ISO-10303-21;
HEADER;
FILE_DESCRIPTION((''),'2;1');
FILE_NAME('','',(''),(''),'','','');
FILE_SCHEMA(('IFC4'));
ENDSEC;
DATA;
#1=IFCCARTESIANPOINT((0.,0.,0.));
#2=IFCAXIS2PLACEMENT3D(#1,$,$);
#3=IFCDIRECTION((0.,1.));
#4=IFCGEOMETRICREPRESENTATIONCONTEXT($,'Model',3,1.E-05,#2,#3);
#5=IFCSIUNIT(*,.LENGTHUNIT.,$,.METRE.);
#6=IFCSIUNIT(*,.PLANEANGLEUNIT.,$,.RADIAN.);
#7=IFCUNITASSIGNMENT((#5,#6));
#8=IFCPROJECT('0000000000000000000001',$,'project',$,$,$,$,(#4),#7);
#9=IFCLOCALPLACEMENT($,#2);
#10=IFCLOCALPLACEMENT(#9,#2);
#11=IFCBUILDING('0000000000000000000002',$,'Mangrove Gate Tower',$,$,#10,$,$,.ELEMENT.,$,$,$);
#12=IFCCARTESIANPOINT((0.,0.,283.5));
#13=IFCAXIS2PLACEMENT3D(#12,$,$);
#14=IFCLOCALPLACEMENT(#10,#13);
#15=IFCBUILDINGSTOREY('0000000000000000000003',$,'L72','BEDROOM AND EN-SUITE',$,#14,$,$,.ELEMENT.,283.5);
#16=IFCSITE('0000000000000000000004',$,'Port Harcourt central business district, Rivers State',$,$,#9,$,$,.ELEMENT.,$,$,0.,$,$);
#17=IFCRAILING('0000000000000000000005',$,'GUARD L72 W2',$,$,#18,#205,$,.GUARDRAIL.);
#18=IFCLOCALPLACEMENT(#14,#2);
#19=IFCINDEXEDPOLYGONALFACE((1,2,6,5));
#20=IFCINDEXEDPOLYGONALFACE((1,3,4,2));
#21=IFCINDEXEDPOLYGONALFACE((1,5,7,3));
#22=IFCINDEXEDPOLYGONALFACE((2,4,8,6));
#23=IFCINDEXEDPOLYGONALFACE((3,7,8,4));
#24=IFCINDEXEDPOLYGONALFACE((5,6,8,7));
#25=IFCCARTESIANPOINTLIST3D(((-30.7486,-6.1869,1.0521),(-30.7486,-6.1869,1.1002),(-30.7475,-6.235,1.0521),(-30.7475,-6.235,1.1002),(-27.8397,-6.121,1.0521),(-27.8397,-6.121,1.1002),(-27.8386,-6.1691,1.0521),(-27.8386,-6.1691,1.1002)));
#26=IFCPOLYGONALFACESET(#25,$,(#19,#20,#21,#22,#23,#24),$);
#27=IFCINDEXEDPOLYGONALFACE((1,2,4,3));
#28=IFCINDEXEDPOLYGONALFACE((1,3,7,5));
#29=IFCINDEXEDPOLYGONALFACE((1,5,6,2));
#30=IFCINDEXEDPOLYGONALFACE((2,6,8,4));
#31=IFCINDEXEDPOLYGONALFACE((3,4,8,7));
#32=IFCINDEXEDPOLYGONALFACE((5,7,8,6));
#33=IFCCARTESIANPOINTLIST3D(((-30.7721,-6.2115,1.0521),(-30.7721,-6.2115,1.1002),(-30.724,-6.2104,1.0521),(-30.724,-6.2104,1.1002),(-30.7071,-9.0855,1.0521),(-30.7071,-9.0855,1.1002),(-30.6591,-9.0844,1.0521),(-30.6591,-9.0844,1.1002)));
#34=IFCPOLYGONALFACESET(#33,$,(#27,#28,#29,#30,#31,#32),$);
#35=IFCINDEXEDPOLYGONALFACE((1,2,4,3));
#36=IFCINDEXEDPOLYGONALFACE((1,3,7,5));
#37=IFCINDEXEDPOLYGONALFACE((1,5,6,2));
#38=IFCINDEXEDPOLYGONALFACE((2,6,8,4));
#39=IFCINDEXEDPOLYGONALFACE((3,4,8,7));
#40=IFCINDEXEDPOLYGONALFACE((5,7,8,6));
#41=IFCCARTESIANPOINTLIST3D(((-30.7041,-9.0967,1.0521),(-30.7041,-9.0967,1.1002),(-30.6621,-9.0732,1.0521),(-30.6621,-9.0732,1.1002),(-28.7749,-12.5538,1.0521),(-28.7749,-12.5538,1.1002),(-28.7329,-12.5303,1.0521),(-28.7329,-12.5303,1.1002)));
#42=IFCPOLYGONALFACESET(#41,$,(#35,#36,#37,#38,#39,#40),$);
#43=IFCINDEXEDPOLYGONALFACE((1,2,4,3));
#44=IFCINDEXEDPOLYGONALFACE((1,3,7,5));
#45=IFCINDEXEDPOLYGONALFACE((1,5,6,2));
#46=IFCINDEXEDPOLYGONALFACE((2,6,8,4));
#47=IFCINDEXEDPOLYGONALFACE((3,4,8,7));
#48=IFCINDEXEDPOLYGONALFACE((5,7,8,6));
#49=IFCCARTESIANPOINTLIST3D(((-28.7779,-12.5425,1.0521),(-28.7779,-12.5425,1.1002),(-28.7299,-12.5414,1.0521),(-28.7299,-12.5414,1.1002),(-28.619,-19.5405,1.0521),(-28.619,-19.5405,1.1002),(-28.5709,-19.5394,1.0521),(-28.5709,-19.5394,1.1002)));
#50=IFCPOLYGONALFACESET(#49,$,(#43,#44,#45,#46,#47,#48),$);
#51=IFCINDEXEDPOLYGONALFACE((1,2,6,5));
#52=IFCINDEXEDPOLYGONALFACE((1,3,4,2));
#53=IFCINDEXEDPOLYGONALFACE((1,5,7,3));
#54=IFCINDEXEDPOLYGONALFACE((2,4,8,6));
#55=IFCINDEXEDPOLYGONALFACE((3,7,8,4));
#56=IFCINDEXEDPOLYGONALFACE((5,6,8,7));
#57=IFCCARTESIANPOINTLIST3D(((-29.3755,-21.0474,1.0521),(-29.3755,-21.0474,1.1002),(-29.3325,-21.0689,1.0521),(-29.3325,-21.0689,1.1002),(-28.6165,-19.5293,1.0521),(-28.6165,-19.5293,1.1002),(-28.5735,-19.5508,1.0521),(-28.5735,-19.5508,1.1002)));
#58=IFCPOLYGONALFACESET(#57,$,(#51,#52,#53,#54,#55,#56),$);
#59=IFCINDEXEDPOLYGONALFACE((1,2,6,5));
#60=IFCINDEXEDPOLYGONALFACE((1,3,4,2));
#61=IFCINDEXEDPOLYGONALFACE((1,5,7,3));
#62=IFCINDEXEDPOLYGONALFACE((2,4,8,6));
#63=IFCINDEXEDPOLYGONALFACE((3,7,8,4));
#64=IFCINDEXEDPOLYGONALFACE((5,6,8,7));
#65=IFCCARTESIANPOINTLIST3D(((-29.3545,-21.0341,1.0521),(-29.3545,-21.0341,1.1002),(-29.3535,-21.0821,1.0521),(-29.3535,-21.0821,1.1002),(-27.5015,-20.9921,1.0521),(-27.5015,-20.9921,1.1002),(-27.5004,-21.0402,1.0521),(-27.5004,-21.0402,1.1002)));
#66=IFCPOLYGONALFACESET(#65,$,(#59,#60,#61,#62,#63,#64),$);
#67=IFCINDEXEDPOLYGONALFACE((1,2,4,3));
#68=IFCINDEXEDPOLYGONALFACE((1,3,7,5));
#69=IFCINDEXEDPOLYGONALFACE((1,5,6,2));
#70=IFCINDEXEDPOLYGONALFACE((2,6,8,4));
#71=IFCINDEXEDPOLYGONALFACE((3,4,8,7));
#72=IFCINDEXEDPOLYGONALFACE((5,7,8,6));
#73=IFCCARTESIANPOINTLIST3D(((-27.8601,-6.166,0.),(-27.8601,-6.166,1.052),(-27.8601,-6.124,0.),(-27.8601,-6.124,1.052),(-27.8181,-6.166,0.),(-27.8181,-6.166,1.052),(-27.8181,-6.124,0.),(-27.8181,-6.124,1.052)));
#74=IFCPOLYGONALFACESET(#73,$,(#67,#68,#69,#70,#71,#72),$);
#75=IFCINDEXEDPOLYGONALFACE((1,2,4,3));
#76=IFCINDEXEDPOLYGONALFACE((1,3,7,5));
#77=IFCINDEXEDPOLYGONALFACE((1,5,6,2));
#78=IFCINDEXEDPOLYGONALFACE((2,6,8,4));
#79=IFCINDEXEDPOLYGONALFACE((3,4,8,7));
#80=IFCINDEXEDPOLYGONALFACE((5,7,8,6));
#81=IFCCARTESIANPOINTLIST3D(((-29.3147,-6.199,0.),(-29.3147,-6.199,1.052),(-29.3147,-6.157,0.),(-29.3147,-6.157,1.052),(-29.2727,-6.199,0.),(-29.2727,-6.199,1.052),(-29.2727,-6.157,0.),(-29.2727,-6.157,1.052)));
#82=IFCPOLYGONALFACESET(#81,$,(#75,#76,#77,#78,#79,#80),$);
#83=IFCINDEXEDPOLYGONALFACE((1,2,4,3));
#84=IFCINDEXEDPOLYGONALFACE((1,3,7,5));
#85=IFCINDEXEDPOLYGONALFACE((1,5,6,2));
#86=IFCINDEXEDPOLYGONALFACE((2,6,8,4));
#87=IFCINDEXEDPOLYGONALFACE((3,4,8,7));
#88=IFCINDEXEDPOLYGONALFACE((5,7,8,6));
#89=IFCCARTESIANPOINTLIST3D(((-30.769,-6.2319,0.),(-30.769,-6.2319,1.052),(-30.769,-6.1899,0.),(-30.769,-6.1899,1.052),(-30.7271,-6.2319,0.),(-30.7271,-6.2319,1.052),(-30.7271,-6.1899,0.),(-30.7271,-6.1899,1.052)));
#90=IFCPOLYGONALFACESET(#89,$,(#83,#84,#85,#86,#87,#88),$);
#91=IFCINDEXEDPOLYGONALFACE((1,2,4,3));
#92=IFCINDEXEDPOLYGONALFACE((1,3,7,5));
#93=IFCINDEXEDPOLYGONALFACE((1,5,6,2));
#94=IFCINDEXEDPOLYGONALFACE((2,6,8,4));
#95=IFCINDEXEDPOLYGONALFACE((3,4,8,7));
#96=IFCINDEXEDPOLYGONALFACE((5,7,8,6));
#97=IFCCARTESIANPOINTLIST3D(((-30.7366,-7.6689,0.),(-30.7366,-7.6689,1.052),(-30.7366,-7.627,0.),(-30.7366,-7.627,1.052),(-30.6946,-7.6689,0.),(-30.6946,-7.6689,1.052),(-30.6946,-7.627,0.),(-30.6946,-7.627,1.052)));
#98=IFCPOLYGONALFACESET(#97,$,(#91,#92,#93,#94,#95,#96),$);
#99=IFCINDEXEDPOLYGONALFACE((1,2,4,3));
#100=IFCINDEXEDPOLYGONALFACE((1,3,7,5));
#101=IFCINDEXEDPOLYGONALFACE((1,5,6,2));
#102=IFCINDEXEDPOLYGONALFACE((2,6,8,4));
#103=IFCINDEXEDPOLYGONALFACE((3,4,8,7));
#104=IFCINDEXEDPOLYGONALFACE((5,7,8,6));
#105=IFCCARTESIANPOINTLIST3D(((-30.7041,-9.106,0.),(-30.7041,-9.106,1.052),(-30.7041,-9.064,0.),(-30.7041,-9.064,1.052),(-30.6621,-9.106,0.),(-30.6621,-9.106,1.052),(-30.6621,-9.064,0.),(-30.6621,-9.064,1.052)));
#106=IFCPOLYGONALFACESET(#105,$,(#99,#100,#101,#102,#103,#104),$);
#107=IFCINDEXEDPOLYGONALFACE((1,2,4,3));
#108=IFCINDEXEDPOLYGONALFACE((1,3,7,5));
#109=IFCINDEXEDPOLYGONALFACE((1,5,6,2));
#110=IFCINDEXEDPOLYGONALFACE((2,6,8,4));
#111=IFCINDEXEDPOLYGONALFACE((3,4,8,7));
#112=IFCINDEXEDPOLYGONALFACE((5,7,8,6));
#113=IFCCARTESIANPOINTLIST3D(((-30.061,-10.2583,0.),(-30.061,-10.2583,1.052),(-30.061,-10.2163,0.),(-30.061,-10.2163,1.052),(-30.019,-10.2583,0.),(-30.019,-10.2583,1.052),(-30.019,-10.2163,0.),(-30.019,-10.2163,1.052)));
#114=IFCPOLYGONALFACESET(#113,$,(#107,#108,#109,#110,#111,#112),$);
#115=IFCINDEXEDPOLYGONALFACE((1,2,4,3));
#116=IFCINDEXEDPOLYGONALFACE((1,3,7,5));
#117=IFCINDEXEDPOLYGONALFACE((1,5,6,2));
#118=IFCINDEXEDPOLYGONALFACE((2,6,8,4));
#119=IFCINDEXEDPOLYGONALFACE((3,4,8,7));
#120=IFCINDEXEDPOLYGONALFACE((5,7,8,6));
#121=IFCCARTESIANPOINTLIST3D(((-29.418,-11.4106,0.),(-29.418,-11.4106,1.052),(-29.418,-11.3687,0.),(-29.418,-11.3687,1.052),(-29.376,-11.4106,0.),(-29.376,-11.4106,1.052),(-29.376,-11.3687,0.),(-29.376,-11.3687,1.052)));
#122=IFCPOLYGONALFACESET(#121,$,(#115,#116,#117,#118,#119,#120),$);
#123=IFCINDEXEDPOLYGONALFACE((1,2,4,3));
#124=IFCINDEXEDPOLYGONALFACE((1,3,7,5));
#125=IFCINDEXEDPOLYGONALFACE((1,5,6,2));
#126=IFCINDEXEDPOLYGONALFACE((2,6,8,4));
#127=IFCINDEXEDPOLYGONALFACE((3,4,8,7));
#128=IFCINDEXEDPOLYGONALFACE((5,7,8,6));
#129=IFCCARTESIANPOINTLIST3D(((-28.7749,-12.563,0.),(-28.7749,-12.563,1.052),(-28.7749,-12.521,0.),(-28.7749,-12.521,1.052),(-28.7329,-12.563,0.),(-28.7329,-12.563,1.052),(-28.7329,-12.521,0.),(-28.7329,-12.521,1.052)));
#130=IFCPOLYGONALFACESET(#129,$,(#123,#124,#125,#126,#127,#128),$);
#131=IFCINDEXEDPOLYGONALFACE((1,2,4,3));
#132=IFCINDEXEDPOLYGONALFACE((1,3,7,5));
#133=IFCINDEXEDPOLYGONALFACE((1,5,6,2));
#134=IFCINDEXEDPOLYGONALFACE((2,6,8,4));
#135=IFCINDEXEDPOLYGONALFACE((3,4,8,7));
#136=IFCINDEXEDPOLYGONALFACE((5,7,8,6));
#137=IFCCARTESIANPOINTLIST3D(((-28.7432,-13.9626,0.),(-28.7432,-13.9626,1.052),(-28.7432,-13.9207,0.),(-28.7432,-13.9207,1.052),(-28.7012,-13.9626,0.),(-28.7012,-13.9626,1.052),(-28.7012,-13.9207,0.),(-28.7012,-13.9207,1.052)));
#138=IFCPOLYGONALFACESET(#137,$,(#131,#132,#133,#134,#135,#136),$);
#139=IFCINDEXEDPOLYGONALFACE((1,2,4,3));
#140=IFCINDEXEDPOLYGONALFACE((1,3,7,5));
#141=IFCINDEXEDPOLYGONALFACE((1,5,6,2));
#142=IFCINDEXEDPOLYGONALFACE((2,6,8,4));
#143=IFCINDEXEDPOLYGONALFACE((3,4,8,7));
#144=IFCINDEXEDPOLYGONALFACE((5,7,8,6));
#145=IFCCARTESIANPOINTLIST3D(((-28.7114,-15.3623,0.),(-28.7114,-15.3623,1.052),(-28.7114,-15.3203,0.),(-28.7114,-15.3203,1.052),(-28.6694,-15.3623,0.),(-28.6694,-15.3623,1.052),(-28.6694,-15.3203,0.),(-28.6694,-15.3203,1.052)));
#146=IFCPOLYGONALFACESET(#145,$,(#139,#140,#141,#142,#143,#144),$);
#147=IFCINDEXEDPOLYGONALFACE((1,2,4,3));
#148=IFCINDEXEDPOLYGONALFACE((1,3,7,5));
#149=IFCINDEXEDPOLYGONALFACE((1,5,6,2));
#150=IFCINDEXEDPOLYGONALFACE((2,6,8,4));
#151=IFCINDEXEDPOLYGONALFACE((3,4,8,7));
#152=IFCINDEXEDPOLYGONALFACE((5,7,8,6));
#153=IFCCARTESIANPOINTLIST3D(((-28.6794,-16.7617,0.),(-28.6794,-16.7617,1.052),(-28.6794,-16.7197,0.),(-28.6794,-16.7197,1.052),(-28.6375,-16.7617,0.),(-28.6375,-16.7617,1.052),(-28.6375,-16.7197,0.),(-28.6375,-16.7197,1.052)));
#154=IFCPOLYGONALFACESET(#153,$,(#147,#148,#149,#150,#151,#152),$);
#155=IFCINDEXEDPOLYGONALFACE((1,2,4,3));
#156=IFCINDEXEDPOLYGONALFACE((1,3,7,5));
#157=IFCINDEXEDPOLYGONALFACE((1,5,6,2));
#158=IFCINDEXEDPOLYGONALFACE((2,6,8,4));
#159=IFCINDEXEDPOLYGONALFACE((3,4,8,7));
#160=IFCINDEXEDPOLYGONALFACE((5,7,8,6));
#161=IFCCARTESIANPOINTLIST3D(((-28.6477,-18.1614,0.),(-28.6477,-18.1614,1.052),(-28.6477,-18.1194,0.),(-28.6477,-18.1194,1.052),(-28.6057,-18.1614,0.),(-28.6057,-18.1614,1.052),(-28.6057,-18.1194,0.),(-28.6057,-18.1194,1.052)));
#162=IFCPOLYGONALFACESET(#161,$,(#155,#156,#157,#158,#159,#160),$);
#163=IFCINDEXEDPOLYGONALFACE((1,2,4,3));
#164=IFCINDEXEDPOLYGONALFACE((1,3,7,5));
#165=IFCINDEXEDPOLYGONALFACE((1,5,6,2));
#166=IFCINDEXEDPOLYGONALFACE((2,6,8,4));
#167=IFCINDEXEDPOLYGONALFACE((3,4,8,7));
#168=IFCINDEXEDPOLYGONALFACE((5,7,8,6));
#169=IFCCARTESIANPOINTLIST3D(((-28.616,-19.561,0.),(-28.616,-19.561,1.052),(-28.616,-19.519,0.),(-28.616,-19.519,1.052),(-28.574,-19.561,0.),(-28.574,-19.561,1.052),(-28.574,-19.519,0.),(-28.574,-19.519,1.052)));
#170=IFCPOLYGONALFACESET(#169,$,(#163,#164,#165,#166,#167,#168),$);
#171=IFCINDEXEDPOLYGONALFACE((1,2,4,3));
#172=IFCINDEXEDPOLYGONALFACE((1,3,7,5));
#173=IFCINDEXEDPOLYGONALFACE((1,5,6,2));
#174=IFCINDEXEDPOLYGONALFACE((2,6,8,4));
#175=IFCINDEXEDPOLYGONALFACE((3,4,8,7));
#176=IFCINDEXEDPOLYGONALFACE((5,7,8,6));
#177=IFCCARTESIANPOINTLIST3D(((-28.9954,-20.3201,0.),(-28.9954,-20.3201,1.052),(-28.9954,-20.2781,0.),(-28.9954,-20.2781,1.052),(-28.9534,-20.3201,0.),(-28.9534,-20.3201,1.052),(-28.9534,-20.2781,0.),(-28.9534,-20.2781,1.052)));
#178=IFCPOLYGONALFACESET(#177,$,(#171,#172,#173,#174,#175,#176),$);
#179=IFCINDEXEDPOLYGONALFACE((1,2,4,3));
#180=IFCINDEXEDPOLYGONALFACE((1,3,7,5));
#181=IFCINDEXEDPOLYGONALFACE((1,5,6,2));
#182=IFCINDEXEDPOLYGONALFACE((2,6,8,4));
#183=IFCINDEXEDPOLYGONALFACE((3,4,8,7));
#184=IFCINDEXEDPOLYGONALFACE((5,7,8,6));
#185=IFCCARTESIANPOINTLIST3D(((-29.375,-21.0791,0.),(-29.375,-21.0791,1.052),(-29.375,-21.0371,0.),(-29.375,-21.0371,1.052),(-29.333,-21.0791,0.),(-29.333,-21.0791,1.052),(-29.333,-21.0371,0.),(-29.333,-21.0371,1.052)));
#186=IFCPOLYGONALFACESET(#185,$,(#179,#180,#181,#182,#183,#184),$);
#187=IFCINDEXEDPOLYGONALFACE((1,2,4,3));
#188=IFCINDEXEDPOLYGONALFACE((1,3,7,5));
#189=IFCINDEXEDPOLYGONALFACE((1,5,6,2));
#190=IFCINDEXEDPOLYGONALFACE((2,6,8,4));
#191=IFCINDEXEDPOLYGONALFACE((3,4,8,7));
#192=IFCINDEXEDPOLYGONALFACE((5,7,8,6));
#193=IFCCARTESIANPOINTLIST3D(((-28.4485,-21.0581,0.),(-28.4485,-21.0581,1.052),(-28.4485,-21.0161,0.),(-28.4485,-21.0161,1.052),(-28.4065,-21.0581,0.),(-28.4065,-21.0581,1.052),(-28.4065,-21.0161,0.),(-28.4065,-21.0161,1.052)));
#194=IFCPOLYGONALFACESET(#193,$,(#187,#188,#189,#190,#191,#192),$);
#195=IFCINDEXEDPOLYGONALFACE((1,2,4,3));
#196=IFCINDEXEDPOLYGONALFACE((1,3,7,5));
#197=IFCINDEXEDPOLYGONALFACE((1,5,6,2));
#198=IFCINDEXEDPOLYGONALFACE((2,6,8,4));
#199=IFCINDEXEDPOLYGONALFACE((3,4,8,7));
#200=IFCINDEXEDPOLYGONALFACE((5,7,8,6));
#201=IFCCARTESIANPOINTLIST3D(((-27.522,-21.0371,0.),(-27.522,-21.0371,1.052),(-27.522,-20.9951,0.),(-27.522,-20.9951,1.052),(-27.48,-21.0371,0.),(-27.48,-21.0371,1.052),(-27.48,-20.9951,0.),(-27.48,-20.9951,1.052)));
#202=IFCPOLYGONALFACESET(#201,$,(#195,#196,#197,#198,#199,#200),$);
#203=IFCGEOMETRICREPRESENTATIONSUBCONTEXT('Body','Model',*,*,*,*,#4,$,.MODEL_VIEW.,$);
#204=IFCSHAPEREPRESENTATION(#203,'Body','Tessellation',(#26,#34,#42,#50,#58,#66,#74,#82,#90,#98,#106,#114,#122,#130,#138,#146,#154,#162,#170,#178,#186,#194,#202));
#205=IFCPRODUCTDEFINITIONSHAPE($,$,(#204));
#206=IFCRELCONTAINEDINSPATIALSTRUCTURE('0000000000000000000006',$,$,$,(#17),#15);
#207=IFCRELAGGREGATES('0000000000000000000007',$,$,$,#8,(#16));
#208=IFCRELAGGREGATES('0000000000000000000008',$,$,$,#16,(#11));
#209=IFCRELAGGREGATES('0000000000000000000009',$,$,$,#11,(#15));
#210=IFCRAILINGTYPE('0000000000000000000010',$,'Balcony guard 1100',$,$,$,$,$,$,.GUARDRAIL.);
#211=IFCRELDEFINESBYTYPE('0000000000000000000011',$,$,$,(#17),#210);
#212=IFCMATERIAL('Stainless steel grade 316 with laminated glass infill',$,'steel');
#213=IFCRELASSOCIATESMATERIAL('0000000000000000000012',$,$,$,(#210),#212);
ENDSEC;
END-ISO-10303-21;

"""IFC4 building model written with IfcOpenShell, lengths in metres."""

from ifc_helpers import new_model, si_unit, direction, frame, origin, origin_2d, place, context, subcontext, project, spatial, rectangle, extrude, material, type_object, element, save


model = new_model("IFC4")

# Units and contexts
model_context = context("Model", 3, precision=1e-05, world=origin(), true_north=direction((0.0, 1.0)))
body_context = subcontext(model_context, "Body", "Model", "MODEL_VIEW")
ifc_project = project(units=[si_unit("LENGTHUNIT", "METRE"), si_unit("PLANEANGLEUNIT", "RADIAN")], contexts=[model_context])

# Site, building, storey
site_placement = place(None, origin())
site = spatial("IfcSite", under=ifc_project, at=site_placement, Name="Port Harcourt central business district, Rivers State", CompositionType="ELEMENT", RefElevation=0.0)
building_placement = place(site_placement, origin())
building = spatial("IfcBuilding", under=site, at=building_placement, Name="Mangrove Gate Tower", CompositionType="ELEMENT")
storey_placement = place(building_placement, frame((0.0, 0.0, 283.5)))
storey = spatial("IfcBuildingStorey", under=building, at=storey_placement, Name="L72", Description="BEDROOM AND EN-SUITE", CompositionType="ELEMENT", Elevation=283.5)

# Railing
ifc_material_1 = material(Name="Stainless steel grade 316 with laminated glass infill", Category="steel")
railing_type = type_object("IfcRailingType", Name="Balcony guard 1100", PredefinedType="GUARDRAIL", material=ifc_material_1)
railing_placement = place(storey_placement, frame((-27.8391, -6.145, 0.0)))
element("IfcRailing", 1, at=railing_placement, inside=storey, type_object=railing_type, Name="GUARD L72 W2", PredefinedType="GUARDRAIL", context=body_context, shape_type="SweptSolid", body=[
    extrude(rectangle(XDim=0.0481, YDim=0.0481, at=origin_2d()), frame((0.0, 0.0, 1.0762), z_axis=(-0.999743, -0.022655, 0.0), x_axis=(0.022655, -0.999743, 0.0)), (0.0, 0.0, 1.0), 2.9097),
    extrude(rectangle(XDim=0.0481, YDim=0.0481, at=origin_2d()), frame((-2.9089, -0.0659, 1.0762), z_axis=(0.02259, -0.999745, 0.0), x_axis=(0.999745, 0.02259, 0.0)), (0.0, 0.0, 1.0), 2.8748),
    extrude(rectangle(XDim=0.0481, YDim=0.0481, at=origin_2d()), frame((-2.844, -2.9399, 1.0762), z_axis=(0.487307, -0.873231, 0.0), x_axis=(0.873231, 0.487307, 0.0)), (0.0, 0.0, 1.0), 3.959),
    extrude(rectangle(XDim=0.0481, YDim=0.0481, at=origin_2d()), frame((-0.9148, -6.397, 1.0762), z_axis=(0.022706, -0.999742, 0.0), x_axis=(0.999742, 0.022706, 0.0)), (0.0, 0.0, 1.0), 6.9998),
    extrude(rectangle(XDim=0.0481, YDim=0.0481, at=origin_2d()), frame((-0.7559, -13.395, 1.0762), z_axis=(-0.447214, -0.894427, 0.0), x_axis=(0.894427, -0.447214, 0.0)), (0.0, 0.0, 1.0), 1.6973),
    extrude(rectangle(XDim=0.0481, YDim=0.0481, at=origin_2d()), frame((-1.5149, -14.9131, 1.0762), z_axis=(0.999743, 0.022656, 0.0), x_axis=(-0.022656, 0.999743, 0.0)), (0.0, 0.0, 1.0), 1.8535),
    extrude(rectangle(XDim=0.042, YDim=0.042, at=origin_2d()), origin(), (0.0, 0.0, 1.0), 1.052),
    extrude(rectangle(XDim=0.042, YDim=0.042, at=origin_2d()), frame((-1.4546, -0.033, 0.0)), (0.0, 0.0, 1.0), 1.052),
    extrude(rectangle(XDim=0.042, YDim=0.042, at=origin_2d()), frame((-2.9089, -0.0659, 0.0)), (0.0, 0.0, 1.0), 1.052),
    extrude(rectangle(XDim=0.042, YDim=0.042, at=origin_2d()), frame((-2.8765, -1.5029, 0.0)), (0.0, 0.0, 1.0), 1.052),
    extrude(rectangle(XDim=0.042, YDim=0.042, at=origin_2d()), frame((-2.844, -2.9399, 0.0)), (0.0, 0.0, 1.0), 1.052),
    extrude(rectangle(XDim=0.042, YDim=0.042, at=origin_2d()), frame((-2.2009, -4.0923, 0.0)), (0.0, 0.0, 1.0), 1.052),
    extrude(rectangle(XDim=0.042, YDim=0.042, at=origin_2d()), frame((-1.5579, -5.2446, 0.0)), (0.0, 0.0, 1.0), 1.052),
    extrude(rectangle(XDim=0.042, YDim=0.042, at=origin_2d()), frame((-0.9148, -6.397, 0.0)), (0.0, 0.0, 1.0), 1.052),
    extrude(rectangle(XDim=0.042, YDim=0.042, at=origin_2d()), frame((-0.8831, -7.7966, 0.0)), (0.0, 0.0, 1.0), 1.052),
    extrude(rectangle(XDim=0.042, YDim=0.042, at=origin_2d()), frame((-0.8513, -9.1963, 0.0)), (0.0, 0.0, 1.0), 1.052),
    extrude(rectangle(XDim=0.042, YDim=0.042, at=origin_2d()), frame((-0.8193, -10.5957, 0.0)), (0.0, 0.0, 1.0), 1.052),
    extrude(rectangle(XDim=0.042, YDim=0.042, at=origin_2d()), frame((-0.7876, -11.9954, 0.0)), (0.0, 0.0, 1.0), 1.052),
    extrude(rectangle(XDim=0.042, YDim=0.042, at=origin_2d()), frame((-0.7559, -13.395, 0.0)), (0.0, 0.0, 1.0), 1.052),
    extrude(rectangle(XDim=0.042, YDim=0.042, at=origin_2d()), frame((-1.1353, -14.1541, 0.0)), (0.0, 0.0, 1.0), 1.052),
    extrude(rectangle(XDim=0.042, YDim=0.042, at=origin_2d()), frame((-1.5149, -14.9131, 0.0)), (0.0, 0.0, 1.0), 1.052),
    extrude(rectangle(XDim=0.042, YDim=0.042, at=origin_2d()), frame((-0.5884, -14.8921, 0.0)), (0.0, 0.0, 1.0), 1.052),
    extrude(rectangle(XDim=0.042, YDim=0.042, at=origin_2d()), frame((0.3381, -14.8711, 0.0)), (0.0, 0.0, 1.0), 1.052),
])

save(model, "model.ifc")
